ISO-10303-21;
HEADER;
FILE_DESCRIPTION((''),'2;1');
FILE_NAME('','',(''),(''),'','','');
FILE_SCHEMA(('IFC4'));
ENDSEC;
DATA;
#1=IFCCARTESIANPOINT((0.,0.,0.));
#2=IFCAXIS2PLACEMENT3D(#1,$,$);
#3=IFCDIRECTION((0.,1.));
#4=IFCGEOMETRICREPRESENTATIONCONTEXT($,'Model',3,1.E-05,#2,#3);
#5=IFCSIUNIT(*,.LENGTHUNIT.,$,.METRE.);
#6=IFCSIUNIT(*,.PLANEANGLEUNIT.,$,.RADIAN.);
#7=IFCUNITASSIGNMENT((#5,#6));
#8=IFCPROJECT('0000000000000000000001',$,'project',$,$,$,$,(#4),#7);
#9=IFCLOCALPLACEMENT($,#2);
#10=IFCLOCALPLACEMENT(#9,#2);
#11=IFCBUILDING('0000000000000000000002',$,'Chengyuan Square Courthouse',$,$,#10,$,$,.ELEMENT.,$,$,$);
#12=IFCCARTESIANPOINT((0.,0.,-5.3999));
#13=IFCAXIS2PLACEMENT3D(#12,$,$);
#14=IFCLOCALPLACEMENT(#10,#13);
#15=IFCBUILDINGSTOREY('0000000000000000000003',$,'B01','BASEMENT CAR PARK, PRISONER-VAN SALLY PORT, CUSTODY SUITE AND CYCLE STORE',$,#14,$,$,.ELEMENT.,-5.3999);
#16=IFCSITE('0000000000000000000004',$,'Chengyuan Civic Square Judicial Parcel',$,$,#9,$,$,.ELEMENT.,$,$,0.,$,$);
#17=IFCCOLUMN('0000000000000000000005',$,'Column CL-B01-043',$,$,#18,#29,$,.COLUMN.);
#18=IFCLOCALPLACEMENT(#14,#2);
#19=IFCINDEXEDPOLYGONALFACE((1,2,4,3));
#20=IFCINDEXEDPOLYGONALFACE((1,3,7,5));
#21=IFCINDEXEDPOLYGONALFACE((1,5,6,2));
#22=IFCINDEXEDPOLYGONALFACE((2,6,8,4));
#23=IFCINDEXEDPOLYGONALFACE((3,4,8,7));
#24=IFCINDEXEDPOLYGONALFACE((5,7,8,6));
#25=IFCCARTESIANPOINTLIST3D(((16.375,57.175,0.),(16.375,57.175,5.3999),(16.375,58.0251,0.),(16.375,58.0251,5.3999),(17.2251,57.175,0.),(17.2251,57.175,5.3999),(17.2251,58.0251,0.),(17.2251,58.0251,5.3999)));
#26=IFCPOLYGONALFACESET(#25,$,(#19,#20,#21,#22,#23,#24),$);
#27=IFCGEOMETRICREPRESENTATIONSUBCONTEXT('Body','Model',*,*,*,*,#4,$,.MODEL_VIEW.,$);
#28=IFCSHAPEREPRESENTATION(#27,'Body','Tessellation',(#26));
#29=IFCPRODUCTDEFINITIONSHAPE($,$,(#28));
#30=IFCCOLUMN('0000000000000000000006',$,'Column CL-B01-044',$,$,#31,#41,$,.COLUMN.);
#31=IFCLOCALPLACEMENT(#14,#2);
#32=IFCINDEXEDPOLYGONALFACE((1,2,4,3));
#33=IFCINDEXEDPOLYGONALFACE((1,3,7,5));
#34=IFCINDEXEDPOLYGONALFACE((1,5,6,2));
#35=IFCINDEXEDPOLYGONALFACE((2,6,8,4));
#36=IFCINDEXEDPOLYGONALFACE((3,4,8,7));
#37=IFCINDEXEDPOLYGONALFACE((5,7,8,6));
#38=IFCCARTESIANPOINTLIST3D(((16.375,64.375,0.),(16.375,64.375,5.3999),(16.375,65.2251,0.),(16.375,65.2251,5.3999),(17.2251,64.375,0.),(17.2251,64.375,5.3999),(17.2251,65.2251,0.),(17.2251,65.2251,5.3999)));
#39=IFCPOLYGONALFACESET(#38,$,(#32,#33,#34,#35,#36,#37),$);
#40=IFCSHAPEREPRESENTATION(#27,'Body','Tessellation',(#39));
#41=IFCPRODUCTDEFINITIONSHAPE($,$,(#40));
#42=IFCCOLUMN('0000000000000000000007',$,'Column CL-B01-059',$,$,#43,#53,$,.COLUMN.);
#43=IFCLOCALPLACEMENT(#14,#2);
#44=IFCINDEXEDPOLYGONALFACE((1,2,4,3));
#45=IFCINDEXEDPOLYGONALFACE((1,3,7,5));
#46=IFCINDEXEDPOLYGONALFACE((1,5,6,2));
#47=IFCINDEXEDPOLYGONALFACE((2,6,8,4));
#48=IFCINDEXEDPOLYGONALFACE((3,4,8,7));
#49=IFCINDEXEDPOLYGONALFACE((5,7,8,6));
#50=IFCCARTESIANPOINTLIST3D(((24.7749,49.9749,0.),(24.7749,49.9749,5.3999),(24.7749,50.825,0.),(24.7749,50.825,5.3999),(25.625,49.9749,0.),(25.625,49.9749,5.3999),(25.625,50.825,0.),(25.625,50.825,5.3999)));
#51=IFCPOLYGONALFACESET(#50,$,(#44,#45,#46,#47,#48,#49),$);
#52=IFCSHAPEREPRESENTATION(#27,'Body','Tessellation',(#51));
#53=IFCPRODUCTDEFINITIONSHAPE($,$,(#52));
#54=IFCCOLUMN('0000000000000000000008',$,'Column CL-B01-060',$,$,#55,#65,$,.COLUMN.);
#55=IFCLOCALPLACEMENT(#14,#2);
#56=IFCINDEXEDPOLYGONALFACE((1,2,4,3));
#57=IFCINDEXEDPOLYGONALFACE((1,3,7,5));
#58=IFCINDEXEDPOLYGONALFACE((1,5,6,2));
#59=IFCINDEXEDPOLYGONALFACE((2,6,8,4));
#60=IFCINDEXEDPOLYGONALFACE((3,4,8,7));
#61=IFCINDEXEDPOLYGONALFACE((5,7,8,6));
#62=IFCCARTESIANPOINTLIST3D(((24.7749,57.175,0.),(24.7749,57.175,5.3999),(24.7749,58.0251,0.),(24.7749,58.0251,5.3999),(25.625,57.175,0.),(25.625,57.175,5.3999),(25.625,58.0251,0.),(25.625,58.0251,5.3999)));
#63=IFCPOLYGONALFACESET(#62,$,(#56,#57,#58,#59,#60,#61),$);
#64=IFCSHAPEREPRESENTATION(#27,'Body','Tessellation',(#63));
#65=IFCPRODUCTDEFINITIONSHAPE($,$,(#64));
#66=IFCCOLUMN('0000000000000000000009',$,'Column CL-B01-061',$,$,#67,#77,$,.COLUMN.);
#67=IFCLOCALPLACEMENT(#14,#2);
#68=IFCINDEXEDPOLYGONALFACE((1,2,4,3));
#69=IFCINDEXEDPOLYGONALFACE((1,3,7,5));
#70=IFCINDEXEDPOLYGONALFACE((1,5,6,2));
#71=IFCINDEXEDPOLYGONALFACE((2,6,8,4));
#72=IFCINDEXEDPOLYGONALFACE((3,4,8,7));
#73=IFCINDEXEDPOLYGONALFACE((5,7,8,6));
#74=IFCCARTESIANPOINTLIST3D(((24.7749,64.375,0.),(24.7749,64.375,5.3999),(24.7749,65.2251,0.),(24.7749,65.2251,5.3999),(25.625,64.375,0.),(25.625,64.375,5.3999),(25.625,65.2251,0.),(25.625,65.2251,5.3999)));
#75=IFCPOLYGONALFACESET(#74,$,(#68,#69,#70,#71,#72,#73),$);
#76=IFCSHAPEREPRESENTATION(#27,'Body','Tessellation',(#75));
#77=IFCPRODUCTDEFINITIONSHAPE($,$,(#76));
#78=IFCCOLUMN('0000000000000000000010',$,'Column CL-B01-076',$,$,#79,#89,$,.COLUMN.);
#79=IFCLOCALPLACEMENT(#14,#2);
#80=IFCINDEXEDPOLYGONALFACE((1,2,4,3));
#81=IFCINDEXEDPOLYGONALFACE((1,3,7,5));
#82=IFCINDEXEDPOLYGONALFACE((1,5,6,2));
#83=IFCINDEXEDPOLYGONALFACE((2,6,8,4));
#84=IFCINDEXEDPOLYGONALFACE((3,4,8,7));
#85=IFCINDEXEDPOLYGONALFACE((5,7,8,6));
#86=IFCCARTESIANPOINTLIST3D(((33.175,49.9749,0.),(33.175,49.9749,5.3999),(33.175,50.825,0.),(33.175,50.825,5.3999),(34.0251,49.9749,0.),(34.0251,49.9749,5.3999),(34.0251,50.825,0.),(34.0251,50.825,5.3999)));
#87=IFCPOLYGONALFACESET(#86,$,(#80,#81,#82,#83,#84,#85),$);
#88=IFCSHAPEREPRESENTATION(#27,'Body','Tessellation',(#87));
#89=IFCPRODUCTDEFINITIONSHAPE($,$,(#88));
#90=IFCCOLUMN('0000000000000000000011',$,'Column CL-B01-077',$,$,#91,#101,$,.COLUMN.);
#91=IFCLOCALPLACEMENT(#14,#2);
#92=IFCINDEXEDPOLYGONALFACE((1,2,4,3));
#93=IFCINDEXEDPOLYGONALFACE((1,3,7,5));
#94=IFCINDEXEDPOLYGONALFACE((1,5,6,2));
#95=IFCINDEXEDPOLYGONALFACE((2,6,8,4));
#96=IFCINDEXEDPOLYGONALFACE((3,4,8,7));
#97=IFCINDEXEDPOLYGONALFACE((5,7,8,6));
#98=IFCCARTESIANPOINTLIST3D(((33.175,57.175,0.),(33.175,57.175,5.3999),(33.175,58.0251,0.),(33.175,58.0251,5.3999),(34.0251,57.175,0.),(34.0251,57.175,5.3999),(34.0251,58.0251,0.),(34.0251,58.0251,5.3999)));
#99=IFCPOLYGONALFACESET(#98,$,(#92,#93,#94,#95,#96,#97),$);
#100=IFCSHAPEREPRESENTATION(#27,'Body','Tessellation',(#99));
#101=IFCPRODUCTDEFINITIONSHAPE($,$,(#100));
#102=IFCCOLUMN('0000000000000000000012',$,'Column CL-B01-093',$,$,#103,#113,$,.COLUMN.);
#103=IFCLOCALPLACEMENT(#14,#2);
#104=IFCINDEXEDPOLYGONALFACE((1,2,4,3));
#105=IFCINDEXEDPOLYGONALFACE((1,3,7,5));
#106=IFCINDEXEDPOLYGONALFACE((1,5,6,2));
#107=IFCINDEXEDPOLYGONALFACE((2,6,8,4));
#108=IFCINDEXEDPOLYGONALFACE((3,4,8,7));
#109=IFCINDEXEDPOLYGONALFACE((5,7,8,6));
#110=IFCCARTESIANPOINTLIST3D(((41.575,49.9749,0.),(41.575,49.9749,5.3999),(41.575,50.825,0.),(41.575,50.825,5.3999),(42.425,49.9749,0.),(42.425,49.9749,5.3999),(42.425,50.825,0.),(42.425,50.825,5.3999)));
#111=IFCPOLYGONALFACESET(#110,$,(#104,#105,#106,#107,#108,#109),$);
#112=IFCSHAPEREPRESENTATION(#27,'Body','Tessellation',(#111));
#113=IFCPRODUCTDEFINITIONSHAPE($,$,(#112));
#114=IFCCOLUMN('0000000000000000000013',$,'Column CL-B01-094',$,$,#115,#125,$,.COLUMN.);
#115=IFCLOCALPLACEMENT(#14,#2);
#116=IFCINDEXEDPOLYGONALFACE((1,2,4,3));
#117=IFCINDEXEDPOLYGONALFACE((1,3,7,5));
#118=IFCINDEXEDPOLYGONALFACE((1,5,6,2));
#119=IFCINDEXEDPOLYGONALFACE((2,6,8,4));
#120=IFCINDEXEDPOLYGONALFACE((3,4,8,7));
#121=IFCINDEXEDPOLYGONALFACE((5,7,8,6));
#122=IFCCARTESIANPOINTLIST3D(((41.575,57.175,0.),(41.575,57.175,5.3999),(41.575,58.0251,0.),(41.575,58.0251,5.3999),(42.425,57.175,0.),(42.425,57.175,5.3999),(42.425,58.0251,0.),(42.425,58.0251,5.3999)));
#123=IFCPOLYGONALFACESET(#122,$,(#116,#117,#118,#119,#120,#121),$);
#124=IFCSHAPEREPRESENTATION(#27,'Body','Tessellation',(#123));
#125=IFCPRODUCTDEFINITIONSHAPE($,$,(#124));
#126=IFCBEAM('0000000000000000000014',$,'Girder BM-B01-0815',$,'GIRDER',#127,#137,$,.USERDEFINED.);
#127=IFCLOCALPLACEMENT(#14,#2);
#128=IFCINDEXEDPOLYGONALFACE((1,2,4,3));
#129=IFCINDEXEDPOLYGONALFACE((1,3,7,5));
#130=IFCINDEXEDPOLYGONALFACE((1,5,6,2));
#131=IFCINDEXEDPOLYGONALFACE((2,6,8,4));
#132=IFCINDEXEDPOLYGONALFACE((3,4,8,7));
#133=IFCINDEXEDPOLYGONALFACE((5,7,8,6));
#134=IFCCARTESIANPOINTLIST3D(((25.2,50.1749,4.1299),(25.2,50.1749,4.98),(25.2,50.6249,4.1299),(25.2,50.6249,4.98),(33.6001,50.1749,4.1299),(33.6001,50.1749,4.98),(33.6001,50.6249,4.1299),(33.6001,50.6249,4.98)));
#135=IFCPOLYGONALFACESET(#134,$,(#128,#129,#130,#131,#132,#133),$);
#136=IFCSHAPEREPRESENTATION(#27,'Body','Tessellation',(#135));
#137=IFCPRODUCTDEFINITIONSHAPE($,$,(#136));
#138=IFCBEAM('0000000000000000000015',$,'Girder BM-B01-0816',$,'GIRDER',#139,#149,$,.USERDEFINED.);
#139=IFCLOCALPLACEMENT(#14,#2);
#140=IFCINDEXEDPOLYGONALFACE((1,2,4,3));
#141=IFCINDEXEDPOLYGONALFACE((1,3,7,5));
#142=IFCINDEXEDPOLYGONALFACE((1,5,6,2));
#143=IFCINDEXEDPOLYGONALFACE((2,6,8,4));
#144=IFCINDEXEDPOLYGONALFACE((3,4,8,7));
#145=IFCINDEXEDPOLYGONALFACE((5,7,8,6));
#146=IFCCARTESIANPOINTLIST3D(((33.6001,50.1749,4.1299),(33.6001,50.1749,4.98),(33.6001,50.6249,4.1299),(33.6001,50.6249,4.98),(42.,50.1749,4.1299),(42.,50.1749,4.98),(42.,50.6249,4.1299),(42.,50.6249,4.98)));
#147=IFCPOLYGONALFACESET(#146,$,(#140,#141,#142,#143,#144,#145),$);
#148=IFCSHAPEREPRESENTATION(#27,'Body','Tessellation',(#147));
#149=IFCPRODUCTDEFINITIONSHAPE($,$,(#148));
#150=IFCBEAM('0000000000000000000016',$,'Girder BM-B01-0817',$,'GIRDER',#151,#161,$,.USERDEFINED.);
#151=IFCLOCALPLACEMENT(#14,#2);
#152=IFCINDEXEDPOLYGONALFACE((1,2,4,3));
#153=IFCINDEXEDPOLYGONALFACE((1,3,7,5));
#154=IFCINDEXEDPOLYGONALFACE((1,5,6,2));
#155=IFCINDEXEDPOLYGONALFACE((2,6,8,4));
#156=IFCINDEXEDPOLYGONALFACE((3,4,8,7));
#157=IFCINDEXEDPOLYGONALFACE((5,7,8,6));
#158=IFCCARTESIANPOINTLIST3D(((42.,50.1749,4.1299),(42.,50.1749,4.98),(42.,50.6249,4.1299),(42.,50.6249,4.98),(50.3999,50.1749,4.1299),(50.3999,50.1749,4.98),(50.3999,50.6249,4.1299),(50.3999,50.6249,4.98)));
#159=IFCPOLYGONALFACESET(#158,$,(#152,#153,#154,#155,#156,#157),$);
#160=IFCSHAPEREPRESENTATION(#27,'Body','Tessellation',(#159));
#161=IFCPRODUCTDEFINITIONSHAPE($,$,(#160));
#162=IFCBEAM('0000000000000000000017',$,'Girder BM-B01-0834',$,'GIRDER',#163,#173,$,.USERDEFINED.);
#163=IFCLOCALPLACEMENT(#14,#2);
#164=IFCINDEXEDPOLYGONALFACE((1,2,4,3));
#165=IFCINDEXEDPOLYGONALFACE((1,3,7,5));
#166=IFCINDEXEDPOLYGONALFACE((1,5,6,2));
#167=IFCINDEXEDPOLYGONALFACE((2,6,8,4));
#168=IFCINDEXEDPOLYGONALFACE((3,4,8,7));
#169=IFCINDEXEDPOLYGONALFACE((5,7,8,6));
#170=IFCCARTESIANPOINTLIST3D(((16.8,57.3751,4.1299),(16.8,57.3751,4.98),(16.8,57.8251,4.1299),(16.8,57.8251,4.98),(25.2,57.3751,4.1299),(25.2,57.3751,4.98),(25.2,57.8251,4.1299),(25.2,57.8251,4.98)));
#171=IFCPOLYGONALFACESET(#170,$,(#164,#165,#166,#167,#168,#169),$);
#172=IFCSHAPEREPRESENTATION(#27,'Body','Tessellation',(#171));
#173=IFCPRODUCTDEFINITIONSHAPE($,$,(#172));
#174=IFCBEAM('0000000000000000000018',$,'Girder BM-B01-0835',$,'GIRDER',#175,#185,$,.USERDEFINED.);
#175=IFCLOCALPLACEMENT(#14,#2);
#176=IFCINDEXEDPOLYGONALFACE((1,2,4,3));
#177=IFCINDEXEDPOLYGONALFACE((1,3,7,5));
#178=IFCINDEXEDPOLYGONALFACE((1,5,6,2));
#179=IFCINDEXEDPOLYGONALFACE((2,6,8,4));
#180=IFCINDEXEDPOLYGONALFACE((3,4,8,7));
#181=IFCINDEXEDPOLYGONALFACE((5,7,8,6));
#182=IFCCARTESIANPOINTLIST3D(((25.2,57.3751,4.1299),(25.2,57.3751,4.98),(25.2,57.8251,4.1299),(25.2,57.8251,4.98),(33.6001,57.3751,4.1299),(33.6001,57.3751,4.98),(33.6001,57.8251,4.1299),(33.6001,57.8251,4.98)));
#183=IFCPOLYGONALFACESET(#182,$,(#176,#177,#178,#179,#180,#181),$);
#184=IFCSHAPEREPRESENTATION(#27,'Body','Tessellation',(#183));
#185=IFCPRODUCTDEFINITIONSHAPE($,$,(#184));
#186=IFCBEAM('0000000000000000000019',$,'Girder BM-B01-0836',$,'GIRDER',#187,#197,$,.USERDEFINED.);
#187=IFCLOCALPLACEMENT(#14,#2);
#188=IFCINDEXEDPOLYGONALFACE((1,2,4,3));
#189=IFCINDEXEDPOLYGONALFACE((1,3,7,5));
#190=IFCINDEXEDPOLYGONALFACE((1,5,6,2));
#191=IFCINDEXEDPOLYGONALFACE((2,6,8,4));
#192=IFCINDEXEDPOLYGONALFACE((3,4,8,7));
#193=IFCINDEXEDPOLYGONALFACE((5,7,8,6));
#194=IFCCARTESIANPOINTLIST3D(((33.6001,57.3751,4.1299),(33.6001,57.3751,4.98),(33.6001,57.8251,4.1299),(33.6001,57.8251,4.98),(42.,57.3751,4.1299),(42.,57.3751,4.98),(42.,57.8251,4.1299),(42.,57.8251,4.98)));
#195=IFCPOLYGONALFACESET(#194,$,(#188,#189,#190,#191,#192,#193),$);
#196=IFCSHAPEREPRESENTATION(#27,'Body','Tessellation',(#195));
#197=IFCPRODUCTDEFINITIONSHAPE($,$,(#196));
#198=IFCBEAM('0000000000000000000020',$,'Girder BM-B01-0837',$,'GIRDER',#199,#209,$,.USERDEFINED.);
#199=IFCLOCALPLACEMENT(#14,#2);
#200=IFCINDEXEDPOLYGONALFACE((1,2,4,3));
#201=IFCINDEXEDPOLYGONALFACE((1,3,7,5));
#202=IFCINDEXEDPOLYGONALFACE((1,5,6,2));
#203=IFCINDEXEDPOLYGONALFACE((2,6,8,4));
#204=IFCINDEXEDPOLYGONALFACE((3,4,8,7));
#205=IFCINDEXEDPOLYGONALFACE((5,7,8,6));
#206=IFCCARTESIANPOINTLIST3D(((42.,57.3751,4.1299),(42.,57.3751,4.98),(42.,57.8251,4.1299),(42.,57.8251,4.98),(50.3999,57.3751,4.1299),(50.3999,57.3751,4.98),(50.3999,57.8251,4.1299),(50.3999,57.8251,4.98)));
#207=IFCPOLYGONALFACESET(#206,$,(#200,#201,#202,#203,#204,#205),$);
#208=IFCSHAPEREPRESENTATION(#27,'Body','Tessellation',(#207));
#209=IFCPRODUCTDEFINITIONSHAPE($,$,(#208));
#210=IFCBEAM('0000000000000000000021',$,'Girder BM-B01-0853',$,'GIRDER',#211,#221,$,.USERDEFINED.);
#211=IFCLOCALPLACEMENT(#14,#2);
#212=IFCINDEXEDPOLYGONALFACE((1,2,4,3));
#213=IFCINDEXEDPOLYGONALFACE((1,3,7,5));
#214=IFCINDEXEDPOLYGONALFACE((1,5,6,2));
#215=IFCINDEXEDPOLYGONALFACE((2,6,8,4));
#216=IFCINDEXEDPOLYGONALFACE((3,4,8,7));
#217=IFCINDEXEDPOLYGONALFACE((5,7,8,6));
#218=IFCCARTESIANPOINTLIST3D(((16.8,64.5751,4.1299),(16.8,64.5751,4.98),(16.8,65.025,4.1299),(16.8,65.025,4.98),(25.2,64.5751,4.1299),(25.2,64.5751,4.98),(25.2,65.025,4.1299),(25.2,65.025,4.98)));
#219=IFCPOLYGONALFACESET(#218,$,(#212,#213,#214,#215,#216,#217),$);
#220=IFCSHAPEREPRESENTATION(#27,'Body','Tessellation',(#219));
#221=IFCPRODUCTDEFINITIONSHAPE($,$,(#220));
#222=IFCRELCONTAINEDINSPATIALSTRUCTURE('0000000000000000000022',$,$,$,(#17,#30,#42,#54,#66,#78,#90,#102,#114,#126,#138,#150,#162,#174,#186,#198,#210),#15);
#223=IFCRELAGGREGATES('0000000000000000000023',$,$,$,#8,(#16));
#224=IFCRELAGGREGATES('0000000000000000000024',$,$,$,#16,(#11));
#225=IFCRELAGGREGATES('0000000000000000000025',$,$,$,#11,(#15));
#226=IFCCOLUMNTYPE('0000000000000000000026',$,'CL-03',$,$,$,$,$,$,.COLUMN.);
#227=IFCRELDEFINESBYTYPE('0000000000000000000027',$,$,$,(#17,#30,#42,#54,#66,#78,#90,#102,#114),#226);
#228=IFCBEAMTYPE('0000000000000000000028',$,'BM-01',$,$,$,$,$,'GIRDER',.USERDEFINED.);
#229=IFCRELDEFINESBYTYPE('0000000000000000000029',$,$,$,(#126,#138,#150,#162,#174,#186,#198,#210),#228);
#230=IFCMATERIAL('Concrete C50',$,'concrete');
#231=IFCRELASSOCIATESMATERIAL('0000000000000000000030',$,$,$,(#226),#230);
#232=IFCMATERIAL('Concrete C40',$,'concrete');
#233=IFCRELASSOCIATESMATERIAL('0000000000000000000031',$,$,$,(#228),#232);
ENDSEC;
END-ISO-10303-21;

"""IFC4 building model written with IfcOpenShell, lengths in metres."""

from ifc_helpers import new_model, si_unit, direction, frame, origin, origin_2d, place, context, subcontext, project, spatial, rectangle, extrude, material, material_profile, profile_set, type_object, element, save


model = new_model("IFC4")

# Units and contexts
model_context = context("Model", 3, precision=1e-05, world=origin(), true_north=direction((0.0, 1.0)))
body_context = subcontext(model_context, "Body", "Model", "MODEL_VIEW")
ifc_project = project(units=[si_unit("LENGTHUNIT", "METRE"), si_unit("PLANEANGLEUNIT", "RADIAN")], contexts=[model_context])

# Site, building, storey
site_placement = place(None, origin())
site = spatial("IfcSite", under=ifc_project, at=site_placement, Name="Chengyuan Civic Square Judicial Parcel", CompositionType="ELEMENT", RefElevation=0.0)
building_placement = place(site_placement, origin())
building = spatial("IfcBuilding", under=site, at=building_placement, Name="Chengyuan Square Courthouse", CompositionType="ELEMENT")
storey_placement = place(building_placement, frame((0.0, 0.0, -5.3999)))
storey = spatial("IfcBuildingStorey", under=building, at=storey_placement, Name="B01", Description="BASEMENT CAR PARK, PRISONER-VAN SALLY PORT, CUSTODY SUITE AND CYCLE STORE", CompositionType="ELEMENT", Elevation=-5.3999)

# Columns
ifc_material_1 = material(Name="Concrete C50", Category="concrete")
ifc_material_profile_1 = material_profile(ifc_material_1, rectangle(XDim=0.8501, YDim=0.8501, at=origin_2d()), Name="RC-COL-850x850")
ifc_profile_set_1 = profile_set([ifc_material_profile_1], Name="Concrete C50")
column_type = type_object("IfcColumnType", Name="CL-03", PredefinedType="COLUMN", material=ifc_profile_set_1)
for number, where, z_axis, x_axis, name in (
    (1, (16.8, 57.6001, 0.0), (0.0, 0.0, 1.0), (1.0, 0.0, 0.0), "Column CL-B01-043"),
    (2, (16.8, 64.8, 0.0), (0.0, 0.0, 1.0), (1.0, 0.0, 0.0), "Column CL-B01-044"),
    (3, (25.2, 50.3999, 0.0), (0.0, 0.0, 1.0), (1.0, 0.0, 0.0), "Column CL-B01-059"),
    (4, (25.2, 57.6001, 0.0), (0.0, 0.0, 1.0), (1.0, 0.0, 0.0), "Column CL-B01-060"),
    (5, (25.2, 64.8, 0.0), (0.0, 0.0, 1.0), (1.0, 0.0, 0.0), "Column CL-B01-061"),
    (6, (33.6001, 50.3999, 0.0), (0.0, 0.0, 1.0), (1.0, 0.0, 0.0), "Column CL-B01-076"),
    (7, (33.6001, 57.6001, 0.0), (0.0, 0.0, 1.0), (1.0, 0.0, 0.0), "Column CL-B01-077"),
    (8, (42.0, 50.3999, 0.0), (0.0, 0.0, 1.0), (1.0, 0.0, 0.0), "Column CL-B01-093"),
    (9, (42.0, 57.6001, 0.0), (0.0, 0.0, 1.0), (1.0, 0.0, 0.0), "Column CL-B01-094"),
):
    element("IfcColumn", number, at=place(storey_placement, frame(where, z_axis=z_axis, x_axis=x_axis)), inside=storey, type_object=column_type, Name=name, PredefinedType="COLUMN", context=body_context, shape_type="SweptSolid", body=[
        extrude(rectangle(XDim=0.8501, YDim=0.8501, at=origin_2d()), origin(), (0.0, 0.0, 1.0), 5.3999),
    ])

# Beams
ifc_material_2 = material(Name="Concrete C40", Category="concrete")
ifc_material_profile_2 = material_profile(ifc_material_2, rectangle(XDim=0.45, YDim=0.8501, at=origin_2d()), Name="RC-BM-450x850")
ifc_profile_set_2 = profile_set([ifc_material_profile_2], Name="Concrete C40")
beam_type_1 = type_object("IfcBeamType", Name="BM-01", ElementType="GIRDER", PredefinedType="USERDEFINED", material=ifc_profile_set_2)
beam_1_placement = place(storey_placement, frame((25.2, 50.3999, 4.5549), z_axis=(1.0, 0.0, 0.0), x_axis=(0.0, 1.0, 0.0)))
element("IfcBeam", 10, at=beam_1_placement, inside=storey, type_object=beam_type_1, Name="Girder BM-B01-0815", ObjectType="GIRDER", PredefinedType="USERDEFINED", context=body_context, shape_type="SweptSolid", body=[
    extrude(rectangle(XDim=0.45, YDim=0.8501, at=origin_2d()), origin(), (0.0, 0.0, 1.0), 8.4001),
])
for number, where, z_axis, x_axis, name in (
    (11, (33.6001, 50.3999, 4.5549), (1.0, 0.0, 0.0), (0.0, 1.0, 0.0), "Girder BM-B01-0816"),
    (12, (42.0, 50.3999, 4.5549), (1.0, 0.0, 0.0), (0.0, 1.0, 0.0), "Girder BM-B01-0817"),
    (13, (16.8, 57.6001, 4.5549), (1.0, 0.0, 0.0), (0.0, 1.0, 0.0), "Girder BM-B01-0834"),
):
    element("IfcBeam", number, at=place(storey_placement, frame(where, z_axis=z_axis, x_axis=x_axis)), inside=storey, type_object=beam_type_1, Name=name, ObjectType="GIRDER", PredefinedType="USERDEFINED", context=body_context, shape_type="SweptSolid", body=[
        extrude(rectangle(XDim=0.45, YDim=0.8501, at=origin_2d()), origin(), (0.0, 0.0, 1.0), 8.3999),
    ])
beam_2_placement = place(storey_placement, frame((25.2, 57.6001, 4.5549), z_axis=(1.0, 0.0, 0.0), x_axis=(0.0, 1.0, 0.0)))
element("IfcBeam", 14, at=beam_2_placement, inside=storey, type_object=beam_type_1, Name="Girder BM-B01-0835", ObjectType="GIRDER", PredefinedType="USERDEFINED", context=body_context, shape_type="SweptSolid", body=[
    extrude(rectangle(XDim=0.45, YDim=0.8501, at=origin_2d()), origin(), (0.0, 0.0, 1.0), 8.4001),
])
for number, where, z_axis, x_axis, name in (
    (15, (33.6001, 57.6001, 4.5549), (1.0, 0.0, 0.0), (0.0, 1.0, 0.0), "Girder BM-B01-0836"),
    (16, (42.0, 57.6001, 4.5549), (1.0, 0.0, 0.0), (0.0, 1.0, 0.0), "Girder BM-B01-0837"),
    (17, (16.8, 64.8, 4.5549), (1.0, 0.0, 0.0), (0.0, 1.0, 0.0), "Girder BM-B01-0853"),
):
    element("IfcBeam", number, at=place(storey_placement, frame(where, z_axis=z_axis, x_axis=x_axis)), inside=storey, type_object=beam_type_1, Name=name, ObjectType="GIRDER", PredefinedType="USERDEFINED", context=body_context, shape_type="SweptSolid", body=[
        extrude(rectangle(XDim=0.45, YDim=0.8501, at=origin_2d()), origin(), (0.0, 0.0, 1.0), 8.3999),
    ])

save(model, "model.ifc")
